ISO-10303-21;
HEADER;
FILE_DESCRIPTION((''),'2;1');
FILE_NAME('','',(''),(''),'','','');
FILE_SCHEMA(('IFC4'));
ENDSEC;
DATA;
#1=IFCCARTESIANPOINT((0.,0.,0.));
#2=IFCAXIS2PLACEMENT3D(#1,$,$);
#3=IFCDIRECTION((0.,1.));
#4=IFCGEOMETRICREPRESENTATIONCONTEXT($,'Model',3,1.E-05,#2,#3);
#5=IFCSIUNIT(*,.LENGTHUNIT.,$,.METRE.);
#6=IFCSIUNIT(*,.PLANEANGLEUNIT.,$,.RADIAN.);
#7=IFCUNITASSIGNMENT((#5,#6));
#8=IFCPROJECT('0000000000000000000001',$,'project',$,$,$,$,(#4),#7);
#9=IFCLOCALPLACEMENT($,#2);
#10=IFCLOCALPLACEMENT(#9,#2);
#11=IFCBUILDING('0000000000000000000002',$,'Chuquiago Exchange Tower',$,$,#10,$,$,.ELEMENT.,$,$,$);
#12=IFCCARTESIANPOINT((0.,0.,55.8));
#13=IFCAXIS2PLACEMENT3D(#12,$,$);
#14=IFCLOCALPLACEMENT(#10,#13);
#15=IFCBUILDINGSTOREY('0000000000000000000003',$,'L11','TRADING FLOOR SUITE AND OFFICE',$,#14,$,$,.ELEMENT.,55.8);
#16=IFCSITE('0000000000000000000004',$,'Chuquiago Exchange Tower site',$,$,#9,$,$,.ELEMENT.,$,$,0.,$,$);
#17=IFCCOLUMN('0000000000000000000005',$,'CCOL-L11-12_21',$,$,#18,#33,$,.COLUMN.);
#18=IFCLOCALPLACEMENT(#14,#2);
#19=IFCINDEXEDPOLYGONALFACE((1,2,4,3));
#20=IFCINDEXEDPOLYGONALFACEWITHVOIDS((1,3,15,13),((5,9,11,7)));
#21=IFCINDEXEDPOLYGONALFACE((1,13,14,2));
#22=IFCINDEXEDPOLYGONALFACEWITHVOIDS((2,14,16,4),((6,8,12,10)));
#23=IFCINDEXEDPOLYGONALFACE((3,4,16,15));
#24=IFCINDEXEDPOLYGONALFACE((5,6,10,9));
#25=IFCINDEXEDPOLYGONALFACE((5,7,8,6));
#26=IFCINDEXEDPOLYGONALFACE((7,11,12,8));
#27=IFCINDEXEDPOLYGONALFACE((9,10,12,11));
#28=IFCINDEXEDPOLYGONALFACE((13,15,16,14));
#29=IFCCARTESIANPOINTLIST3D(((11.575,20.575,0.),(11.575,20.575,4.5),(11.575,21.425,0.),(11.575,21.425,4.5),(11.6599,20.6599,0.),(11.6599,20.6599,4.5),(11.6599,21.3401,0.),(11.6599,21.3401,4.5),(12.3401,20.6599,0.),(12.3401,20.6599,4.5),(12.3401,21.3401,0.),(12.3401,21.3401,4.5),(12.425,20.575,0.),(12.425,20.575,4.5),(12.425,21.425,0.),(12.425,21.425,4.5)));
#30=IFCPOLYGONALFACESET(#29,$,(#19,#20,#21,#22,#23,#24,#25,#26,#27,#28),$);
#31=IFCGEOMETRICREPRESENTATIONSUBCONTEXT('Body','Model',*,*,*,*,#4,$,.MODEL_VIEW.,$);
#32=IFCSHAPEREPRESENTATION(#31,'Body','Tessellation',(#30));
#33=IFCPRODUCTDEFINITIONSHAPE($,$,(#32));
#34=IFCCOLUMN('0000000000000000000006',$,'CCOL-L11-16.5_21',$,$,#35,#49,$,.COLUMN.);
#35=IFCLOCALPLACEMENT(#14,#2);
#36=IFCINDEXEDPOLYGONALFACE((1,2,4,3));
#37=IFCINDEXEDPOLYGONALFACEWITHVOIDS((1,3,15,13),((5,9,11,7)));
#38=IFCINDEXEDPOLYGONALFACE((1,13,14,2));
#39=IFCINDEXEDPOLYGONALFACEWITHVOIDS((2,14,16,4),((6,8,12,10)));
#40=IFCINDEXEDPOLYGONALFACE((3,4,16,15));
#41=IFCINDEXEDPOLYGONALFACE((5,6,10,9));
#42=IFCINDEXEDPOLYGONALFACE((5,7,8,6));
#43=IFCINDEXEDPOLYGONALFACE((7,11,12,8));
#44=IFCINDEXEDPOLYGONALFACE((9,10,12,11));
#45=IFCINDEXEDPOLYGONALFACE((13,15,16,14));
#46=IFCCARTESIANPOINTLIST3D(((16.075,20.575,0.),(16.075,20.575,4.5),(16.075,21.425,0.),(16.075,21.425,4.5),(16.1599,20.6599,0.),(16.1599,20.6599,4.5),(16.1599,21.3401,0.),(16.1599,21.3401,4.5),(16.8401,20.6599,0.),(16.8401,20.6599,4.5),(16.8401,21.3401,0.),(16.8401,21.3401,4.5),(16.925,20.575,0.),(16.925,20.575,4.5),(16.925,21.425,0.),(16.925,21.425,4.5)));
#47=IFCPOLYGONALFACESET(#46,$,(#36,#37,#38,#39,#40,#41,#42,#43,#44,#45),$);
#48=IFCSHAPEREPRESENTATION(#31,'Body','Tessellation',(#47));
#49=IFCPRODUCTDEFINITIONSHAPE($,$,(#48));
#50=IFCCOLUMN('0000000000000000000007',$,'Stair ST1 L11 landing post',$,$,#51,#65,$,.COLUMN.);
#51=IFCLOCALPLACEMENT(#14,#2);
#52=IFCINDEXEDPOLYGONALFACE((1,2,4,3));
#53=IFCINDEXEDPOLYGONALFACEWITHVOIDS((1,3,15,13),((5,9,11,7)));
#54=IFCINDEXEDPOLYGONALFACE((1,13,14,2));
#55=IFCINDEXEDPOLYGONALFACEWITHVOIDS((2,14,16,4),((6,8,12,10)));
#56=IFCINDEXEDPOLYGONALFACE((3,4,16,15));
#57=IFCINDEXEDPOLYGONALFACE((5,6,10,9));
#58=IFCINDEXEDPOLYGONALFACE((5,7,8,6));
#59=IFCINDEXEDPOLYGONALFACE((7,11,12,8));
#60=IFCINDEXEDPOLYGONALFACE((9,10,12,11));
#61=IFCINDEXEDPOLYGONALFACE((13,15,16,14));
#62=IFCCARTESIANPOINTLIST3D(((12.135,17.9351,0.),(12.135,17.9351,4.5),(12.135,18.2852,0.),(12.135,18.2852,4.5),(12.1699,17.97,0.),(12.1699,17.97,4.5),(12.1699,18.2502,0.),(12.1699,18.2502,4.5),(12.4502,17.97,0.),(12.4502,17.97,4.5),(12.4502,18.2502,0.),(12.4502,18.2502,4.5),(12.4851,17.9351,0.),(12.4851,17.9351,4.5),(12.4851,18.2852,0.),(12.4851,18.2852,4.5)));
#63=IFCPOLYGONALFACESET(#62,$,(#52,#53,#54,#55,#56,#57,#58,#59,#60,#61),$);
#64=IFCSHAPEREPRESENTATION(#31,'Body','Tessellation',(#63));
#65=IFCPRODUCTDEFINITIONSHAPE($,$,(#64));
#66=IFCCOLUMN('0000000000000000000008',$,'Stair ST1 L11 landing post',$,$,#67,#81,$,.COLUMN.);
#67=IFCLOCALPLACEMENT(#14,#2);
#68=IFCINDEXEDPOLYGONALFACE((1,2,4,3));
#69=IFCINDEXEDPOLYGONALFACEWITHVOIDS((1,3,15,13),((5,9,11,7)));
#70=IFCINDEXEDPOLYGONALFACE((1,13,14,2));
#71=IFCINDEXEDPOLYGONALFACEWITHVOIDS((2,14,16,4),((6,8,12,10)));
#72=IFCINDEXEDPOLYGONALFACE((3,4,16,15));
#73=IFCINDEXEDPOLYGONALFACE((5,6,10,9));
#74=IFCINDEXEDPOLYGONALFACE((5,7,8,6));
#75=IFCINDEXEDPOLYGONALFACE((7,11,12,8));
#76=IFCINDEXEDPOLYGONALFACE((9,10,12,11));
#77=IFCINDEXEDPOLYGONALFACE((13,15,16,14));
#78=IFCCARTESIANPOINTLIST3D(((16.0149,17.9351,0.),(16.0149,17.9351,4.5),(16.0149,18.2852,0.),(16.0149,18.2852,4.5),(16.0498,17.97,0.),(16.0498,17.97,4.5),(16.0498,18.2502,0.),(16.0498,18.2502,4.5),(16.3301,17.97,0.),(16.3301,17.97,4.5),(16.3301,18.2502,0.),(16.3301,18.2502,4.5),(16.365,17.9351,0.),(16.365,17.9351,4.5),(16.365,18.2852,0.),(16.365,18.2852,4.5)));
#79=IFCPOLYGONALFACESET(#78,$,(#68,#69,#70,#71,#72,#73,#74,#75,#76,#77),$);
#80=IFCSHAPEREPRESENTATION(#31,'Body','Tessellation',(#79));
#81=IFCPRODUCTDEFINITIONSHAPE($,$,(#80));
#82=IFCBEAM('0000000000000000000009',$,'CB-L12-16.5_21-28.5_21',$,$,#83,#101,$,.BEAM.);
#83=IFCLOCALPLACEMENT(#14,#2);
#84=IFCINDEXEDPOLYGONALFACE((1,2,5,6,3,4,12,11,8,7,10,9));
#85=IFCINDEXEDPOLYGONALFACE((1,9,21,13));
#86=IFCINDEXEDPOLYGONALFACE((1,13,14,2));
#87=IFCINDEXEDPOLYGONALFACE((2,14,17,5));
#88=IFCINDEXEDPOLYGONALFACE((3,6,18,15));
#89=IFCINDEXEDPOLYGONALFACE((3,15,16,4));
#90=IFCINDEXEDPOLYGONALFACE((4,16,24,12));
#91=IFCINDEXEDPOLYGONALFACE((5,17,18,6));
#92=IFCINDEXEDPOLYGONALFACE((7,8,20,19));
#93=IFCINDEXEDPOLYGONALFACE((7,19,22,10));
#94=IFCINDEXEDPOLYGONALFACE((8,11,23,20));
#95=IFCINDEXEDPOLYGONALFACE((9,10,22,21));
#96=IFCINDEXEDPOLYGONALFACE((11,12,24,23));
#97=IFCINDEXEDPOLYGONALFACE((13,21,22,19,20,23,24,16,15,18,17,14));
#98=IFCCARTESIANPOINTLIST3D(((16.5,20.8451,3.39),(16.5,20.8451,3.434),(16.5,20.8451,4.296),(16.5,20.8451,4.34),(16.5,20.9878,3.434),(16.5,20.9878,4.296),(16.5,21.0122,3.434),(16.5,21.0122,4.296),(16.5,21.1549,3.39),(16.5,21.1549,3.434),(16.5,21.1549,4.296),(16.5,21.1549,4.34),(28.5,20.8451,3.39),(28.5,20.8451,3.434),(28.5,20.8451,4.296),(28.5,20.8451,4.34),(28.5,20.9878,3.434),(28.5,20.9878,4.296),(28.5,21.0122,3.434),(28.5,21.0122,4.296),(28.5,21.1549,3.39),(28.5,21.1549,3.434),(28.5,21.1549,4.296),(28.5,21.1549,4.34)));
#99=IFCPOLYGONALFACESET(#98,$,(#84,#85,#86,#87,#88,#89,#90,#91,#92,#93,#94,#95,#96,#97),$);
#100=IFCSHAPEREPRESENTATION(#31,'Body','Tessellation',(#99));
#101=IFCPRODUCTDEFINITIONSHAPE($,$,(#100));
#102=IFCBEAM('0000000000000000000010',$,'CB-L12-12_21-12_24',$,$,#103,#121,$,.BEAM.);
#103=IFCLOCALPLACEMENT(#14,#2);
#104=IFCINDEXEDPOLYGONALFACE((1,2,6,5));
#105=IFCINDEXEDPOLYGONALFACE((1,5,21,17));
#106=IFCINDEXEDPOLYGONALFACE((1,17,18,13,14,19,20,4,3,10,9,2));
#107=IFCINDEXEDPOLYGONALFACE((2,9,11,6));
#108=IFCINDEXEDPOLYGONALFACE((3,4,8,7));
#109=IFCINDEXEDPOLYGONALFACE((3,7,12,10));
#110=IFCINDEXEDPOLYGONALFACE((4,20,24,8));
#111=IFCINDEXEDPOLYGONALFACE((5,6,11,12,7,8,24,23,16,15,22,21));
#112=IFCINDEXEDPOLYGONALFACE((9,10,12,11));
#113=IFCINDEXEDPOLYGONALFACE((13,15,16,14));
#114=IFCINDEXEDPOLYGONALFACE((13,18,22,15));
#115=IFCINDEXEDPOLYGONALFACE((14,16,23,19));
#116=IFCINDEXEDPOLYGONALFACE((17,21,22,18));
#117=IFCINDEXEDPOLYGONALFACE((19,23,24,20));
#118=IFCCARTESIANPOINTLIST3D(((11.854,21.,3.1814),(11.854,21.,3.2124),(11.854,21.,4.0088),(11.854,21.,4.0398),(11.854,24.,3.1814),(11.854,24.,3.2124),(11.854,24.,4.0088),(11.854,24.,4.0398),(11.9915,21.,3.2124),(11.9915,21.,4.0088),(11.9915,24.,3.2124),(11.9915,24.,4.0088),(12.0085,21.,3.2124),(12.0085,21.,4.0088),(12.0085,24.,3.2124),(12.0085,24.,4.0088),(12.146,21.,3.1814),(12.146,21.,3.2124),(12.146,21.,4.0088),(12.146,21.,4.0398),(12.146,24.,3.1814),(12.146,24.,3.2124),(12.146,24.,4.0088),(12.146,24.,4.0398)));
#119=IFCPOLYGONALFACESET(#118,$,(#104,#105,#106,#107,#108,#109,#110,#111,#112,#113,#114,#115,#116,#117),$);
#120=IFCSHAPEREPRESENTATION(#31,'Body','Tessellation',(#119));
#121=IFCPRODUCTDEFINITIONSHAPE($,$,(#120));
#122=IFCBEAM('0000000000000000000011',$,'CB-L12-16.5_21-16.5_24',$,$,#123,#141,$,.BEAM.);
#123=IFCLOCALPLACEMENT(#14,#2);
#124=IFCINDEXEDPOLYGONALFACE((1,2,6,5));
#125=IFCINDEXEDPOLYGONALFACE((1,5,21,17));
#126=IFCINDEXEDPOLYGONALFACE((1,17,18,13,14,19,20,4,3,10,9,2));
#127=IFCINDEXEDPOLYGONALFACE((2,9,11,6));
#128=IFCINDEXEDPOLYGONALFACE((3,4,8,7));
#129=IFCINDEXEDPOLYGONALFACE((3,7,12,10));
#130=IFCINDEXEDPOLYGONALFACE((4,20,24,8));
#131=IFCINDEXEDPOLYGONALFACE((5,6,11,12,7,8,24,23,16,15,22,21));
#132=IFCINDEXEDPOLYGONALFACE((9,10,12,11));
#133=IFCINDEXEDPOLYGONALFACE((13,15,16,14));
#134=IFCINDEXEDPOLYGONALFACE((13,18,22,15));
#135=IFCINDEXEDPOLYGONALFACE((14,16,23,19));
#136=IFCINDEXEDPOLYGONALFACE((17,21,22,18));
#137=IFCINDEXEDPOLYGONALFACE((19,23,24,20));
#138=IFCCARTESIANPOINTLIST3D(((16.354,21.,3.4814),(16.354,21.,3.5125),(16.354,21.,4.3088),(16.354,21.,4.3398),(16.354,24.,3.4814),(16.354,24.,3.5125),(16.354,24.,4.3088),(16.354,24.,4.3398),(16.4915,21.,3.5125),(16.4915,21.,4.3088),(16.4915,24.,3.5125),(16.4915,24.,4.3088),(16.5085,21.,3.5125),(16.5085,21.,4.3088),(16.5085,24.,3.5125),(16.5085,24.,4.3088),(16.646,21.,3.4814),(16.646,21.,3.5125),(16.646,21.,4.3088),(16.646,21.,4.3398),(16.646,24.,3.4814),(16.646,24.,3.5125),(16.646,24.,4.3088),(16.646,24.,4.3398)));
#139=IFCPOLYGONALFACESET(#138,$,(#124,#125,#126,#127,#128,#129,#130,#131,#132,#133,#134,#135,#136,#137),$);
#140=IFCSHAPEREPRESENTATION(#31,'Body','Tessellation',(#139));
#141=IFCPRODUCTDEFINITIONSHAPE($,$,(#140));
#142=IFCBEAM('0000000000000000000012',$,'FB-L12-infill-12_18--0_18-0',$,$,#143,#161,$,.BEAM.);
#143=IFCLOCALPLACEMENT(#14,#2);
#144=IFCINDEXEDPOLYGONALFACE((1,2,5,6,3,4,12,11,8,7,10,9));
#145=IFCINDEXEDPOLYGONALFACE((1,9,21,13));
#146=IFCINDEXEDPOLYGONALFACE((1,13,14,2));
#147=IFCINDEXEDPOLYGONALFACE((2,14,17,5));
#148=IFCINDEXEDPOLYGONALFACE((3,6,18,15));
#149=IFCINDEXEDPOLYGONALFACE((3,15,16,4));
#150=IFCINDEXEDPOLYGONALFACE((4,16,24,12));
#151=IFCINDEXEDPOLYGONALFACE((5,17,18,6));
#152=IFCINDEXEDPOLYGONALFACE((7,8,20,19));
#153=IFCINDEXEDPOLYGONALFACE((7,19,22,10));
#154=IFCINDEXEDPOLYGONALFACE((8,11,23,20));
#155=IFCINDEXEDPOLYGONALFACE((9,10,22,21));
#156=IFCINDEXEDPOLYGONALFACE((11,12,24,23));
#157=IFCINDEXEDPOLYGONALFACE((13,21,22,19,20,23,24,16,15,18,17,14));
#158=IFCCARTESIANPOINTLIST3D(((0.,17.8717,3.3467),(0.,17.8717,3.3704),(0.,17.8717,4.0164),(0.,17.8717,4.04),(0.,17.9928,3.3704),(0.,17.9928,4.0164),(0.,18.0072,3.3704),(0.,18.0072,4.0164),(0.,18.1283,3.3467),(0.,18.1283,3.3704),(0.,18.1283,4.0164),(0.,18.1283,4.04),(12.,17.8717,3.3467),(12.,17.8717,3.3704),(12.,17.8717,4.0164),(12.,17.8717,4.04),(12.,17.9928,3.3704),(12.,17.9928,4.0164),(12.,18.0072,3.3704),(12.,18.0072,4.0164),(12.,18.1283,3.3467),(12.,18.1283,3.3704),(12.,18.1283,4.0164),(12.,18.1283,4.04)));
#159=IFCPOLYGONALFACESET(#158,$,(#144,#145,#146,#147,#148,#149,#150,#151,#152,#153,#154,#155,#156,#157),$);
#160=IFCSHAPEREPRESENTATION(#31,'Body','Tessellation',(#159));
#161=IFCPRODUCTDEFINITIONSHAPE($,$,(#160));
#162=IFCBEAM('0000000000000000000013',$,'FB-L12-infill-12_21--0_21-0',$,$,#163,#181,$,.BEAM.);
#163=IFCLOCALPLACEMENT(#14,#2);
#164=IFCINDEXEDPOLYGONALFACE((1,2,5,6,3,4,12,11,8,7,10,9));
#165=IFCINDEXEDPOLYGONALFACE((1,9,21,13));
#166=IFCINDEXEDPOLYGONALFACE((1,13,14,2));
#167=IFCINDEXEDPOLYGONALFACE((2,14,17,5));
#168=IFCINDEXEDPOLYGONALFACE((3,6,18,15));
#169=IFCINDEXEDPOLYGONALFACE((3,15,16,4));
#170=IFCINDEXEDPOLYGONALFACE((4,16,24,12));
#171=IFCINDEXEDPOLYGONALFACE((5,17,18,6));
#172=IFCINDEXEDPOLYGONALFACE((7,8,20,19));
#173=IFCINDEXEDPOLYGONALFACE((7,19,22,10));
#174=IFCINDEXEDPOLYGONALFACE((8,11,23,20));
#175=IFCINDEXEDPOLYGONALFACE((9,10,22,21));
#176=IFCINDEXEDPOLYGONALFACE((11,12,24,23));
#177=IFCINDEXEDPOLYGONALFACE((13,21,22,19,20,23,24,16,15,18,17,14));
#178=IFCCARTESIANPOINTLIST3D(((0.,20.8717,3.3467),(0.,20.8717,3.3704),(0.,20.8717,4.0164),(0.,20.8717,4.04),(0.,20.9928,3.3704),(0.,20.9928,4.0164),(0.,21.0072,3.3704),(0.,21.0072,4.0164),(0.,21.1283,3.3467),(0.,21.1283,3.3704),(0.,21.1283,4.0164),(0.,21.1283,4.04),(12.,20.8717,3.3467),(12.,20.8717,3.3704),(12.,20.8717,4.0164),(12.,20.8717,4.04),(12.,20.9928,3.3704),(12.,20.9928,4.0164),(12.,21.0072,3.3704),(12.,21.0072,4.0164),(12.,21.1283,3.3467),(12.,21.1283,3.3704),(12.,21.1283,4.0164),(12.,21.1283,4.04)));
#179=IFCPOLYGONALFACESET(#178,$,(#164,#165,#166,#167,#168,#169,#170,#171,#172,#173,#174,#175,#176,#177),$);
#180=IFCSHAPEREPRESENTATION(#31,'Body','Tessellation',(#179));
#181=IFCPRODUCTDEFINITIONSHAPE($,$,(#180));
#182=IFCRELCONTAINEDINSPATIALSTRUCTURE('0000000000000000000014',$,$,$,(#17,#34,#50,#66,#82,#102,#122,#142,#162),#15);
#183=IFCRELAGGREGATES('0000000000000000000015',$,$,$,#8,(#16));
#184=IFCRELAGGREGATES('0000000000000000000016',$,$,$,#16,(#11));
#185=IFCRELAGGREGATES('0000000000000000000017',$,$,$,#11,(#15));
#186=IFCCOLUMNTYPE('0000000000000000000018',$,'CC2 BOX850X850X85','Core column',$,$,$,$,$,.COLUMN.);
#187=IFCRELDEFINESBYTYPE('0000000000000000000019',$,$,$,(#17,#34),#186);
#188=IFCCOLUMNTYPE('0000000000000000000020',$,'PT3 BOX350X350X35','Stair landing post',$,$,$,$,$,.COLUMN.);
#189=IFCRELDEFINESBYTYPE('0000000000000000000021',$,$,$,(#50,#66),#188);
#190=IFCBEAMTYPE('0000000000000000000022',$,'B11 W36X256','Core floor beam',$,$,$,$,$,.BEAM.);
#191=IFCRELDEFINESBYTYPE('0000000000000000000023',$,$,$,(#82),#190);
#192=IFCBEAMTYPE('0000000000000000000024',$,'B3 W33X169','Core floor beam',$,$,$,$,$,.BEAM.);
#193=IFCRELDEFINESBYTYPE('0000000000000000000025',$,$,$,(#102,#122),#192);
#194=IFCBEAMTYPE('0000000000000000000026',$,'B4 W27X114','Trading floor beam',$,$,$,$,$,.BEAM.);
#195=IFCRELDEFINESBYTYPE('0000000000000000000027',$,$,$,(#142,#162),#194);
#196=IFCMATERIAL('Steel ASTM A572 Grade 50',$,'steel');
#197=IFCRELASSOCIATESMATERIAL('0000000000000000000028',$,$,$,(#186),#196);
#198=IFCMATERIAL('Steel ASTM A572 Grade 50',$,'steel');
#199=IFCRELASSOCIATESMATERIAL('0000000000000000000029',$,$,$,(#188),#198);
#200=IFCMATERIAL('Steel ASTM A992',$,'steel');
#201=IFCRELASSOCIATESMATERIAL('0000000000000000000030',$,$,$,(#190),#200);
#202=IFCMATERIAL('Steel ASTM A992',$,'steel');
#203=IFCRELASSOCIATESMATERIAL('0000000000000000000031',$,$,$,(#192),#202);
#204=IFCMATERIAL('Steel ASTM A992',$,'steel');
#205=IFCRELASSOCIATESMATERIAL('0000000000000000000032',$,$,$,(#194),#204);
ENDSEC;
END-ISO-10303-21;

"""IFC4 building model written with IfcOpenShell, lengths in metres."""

from ifc_helpers import new_model, si_unit, direction, frame, origin, origin_2d, place, context, subcontext, project, spatial, hollow_rectangle, i_section, extrude, material, material_profile, profile_set, type_object, element, save


model = new_model("IFC4")

# Units and contexts
model_context = context("Model", 3, precision=1e-05, world=origin(), true_north=direction((0.0, 1.0)))
body_context = subcontext(model_context, "Body", "Model", "MODEL_VIEW")
ifc_project = project(units=[si_unit("LENGTHUNIT", "METRE"), si_unit("PLANEANGLEUNIT", "RADIAN")], contexts=[model_context])

# Site, building, storey
site_placement = place(None, origin())
site = spatial("IfcSite", under=ifc_project, at=site_placement, Name="Chuquiago Exchange Tower site", CompositionType="ELEMENT", RefElevation=0.0)
building_placement = place(site_placement, origin())
building = spatial("IfcBuilding", under=site, at=building_placement, Name="Chuquiago Exchange Tower", CompositionType="ELEMENT")
storey_placement = place(building_placement, frame((0.0, 0.0, 55.8)))
storey = spatial("IfcBuildingStorey", under=building, at=storey_placement, Name="L11", Description="TRADING FLOOR SUITE AND OFFICE", CompositionType="ELEMENT", Elevation=55.8)

# Columns
ifc_material_1 = material(Name="Steel ASTM A572 Grade 50", Category="steel")
ifc_material_profile_1 = material_profile(ifc_material_1, hollow_rectangle(XDim=0.8501, YDim=0.8501, WallThickness=0.085, at=origin_2d()), Name="BOX850X850X85")
ifc_profile_set_1 = profile_set([ifc_material_profile_1], Name="Steel ASTM A572 Grade 50")
column_type_1 = type_object("IfcColumnType", Name="CC2 BOX850X850X85", Description="Core column", PredefinedType="COLUMN", material=ifc_profile_set_1)
for number, where, z_axis, x_axis, name in (
    (1, (12.0, 21.0, 0.0), (0.0, 0.0, 1.0), (1.0, 0.0, 0.0), "CCOL-L11-12_21"),
    (2, (16.5, 21.0, 0.0), (0.0, 0.0, 1.0), (1.0, 0.0, 0.0), "CCOL-L11-16.5_21"),
):
    element("IfcColumn", number, at=place(storey_placement, frame(where, z_axis=z_axis, x_axis=x_axis)), inside=storey, type_object=column_type_1, Name=name, PredefinedType="COLUMN", context=body_context, shape_type="SweptSolid", body=[
        extrude(hollow_rectangle(XDim=0.8501, YDim=0.8501, WallThickness=0.085, at=origin_2d()), origin(), (0.0, 0.0, 1.0), 4.5),
    ])
ifc_material_2 = material(Name="Steel ASTM A572 Grade 50", Category="steel")
ifc_material_profile_2 = material_profile(ifc_material_2, hollow_rectangle(XDim=0.3501, YDim=0.3501, WallThickness=0.0349, at=origin_2d()), Name="BOX350X350X35")
ifc_profile_set_2 = profile_set([ifc_material_profile_2], Name="Steel ASTM A572 Grade 50")
column_type_2 = type_object("IfcColumnType", Name="PT3 BOX350X350X35", Description="Stair landing post", PredefinedType="COLUMN", material=ifc_profile_set_2)
for number, where, z_axis, x_axis, name in (
    (3, (12.3101, 18.1101, 0.0), (0.0, 0.0, 1.0), (1.0, 0.0, 0.0), "Stair ST1 L11 landing post"),
    (4, (16.1899, 18.1101, 0.0), (0.0, 0.0, 1.0), (1.0, 0.0, 0.0), "Stair ST1 L11 landing post"),
):
    element("IfcColumn", number, at=place(storey_placement, frame(where, z_axis=z_axis, x_axis=x_axis)), inside=storey, type_object=column_type_2, Name=name, PredefinedType="COLUMN", context=body_context, shape_type="SweptSolid", body=[
        extrude(hollow_rectangle(XDim=0.3501, YDim=0.3501, WallThickness=0.0349, at=origin_2d()), origin(), (0.0, 0.0, 1.0), 4.5),
    ])

# Beams
ifc_material_3 = material(Name="Steel ASTM A992", Category="steel")
ifc_material_profile_3 = material_profile(ifc_material_3, i_section(OverallWidth=0.3098, OverallDepth=0.95, WebThickness=0.0244, FlangeThickness=0.0439, at=origin_2d()), Name="W36X256")
ifc_profile_set_3 = profile_set([ifc_material_profile_3], Name="Steel ASTM A992")
beam_type_1 = type_object("IfcBeamType", Name="B11 W36X256", Description="Core floor beam", PredefinedType="BEAM", material=ifc_profile_set_3)
beam_1_placement = place(storey_placement, frame((16.5, 21.0, 3.865), z_axis=(1.0, 0.0, 0.0), x_axis=(0.0, 1.0, 0.0)))
element("IfcBeam", 5, at=beam_1_placement, inside=storey, type_object=beam_type_1, Name="CB-L12-16.5_21-28.5_21", PredefinedType="BEAM", context=body_context, shape_type="SweptSolid", body=[
    extrude(i_section(OverallWidth=0.3098, OverallDepth=0.95, WebThickness=0.0244, FlangeThickness=0.0439, at=origin_2d()), origin(), (0.0, 0.0, 1.0), 12.0),
])
ifc_material_4 = material(Name="Steel ASTM A992", Category="steel")
ifc_material_profile_4 = material_profile(ifc_material_4, i_section(OverallWidth=0.292, OverallDepth=0.8584, WebThickness=0.0171, FlangeThickness=0.031, at=origin_2d()), Name="W33X169")
ifc_profile_set_4 = profile_set([ifc_material_profile_4], Name="Steel ASTM A992")
beam_type_2 = type_object("IfcBeamType", Name="B3 W33X169", Description="Core floor beam", PredefinedType="BEAM", material=ifc_profile_set_4)
for number, where, z_axis, x_axis, name in (
    (6, (12.0, 21.0, 3.6106), (0.0, 1.0, 0.0), (-1.0, 0.0, 0.0), "CB-L12-12_21-12_24"),
    (7, (16.5, 21.0, 3.9106), (0.0, 1.0, 0.0), (-1.0, 0.0, 0.0), "CB-L12-16.5_21-16.5_24"),
):
    element("IfcBeam", number, at=place(storey_placement, frame(where, z_axis=z_axis, x_axis=x_axis)), inside=storey, type_object=beam_type_2, Name=name, PredefinedType="BEAM", context=body_context, shape_type="SweptSolid", body=[
        extrude(i_section(OverallWidth=0.292, OverallDepth=0.8584, WebThickness=0.0171, FlangeThickness=0.031, at=origin_2d()), origin(), (0.0, 0.0, 1.0), 3.0),
    ])
ifc_material_5 = material(Name="Steel ASTM A992", Category="steel")
ifc_material_profile_5 = material_profile(ifc_material_5, i_section(OverallWidth=0.2566, OverallDepth=0.6934, WebThickness=0.0144, FlangeThickness=0.0237, at=origin_2d()), Name="W27X114")
ifc_profile_set_5 = profile_set([ifc_material_profile_5], Name="Steel ASTM A992")
beam_type_3 = type_object("IfcBeamType", Name="B4 W27X114", Description="Trading floor beam", PredefinedType="BEAM", material=ifc_profile_set_5)
for number, where, z_axis, x_axis, name in (
    (8, (12.0, 18.0, 3.6934), (-1.0, 0.0, 0.0), (0.0, -1.0, 0.0), "FB-L12-infill-12_18--0_18-0"),
    (9, (12.0, 21.0, 3.6934), (-1.0, 0.0, 0.0), (0.0, -1.0, 0.0), "FB-L12-infill-12_21--0_21-0"),
):
    element("IfcBeam", number, at=place(storey_placement, frame(where, z_axis=z_axis, x_axis=x_axis)), inside=storey, type_object=beam_type_3, Name=name, PredefinedType="BEAM", context=body_context, shape_type="SweptSolid", body=[
        extrude(i_section(OverallWidth=0.2566, OverallDepth=0.6934, WebThickness=0.0144, FlangeThickness=0.0237, at=origin_2d()), origin(), (0.0, 0.0, 1.0), 12.0),
    ])

save(model, "model.ifc")
